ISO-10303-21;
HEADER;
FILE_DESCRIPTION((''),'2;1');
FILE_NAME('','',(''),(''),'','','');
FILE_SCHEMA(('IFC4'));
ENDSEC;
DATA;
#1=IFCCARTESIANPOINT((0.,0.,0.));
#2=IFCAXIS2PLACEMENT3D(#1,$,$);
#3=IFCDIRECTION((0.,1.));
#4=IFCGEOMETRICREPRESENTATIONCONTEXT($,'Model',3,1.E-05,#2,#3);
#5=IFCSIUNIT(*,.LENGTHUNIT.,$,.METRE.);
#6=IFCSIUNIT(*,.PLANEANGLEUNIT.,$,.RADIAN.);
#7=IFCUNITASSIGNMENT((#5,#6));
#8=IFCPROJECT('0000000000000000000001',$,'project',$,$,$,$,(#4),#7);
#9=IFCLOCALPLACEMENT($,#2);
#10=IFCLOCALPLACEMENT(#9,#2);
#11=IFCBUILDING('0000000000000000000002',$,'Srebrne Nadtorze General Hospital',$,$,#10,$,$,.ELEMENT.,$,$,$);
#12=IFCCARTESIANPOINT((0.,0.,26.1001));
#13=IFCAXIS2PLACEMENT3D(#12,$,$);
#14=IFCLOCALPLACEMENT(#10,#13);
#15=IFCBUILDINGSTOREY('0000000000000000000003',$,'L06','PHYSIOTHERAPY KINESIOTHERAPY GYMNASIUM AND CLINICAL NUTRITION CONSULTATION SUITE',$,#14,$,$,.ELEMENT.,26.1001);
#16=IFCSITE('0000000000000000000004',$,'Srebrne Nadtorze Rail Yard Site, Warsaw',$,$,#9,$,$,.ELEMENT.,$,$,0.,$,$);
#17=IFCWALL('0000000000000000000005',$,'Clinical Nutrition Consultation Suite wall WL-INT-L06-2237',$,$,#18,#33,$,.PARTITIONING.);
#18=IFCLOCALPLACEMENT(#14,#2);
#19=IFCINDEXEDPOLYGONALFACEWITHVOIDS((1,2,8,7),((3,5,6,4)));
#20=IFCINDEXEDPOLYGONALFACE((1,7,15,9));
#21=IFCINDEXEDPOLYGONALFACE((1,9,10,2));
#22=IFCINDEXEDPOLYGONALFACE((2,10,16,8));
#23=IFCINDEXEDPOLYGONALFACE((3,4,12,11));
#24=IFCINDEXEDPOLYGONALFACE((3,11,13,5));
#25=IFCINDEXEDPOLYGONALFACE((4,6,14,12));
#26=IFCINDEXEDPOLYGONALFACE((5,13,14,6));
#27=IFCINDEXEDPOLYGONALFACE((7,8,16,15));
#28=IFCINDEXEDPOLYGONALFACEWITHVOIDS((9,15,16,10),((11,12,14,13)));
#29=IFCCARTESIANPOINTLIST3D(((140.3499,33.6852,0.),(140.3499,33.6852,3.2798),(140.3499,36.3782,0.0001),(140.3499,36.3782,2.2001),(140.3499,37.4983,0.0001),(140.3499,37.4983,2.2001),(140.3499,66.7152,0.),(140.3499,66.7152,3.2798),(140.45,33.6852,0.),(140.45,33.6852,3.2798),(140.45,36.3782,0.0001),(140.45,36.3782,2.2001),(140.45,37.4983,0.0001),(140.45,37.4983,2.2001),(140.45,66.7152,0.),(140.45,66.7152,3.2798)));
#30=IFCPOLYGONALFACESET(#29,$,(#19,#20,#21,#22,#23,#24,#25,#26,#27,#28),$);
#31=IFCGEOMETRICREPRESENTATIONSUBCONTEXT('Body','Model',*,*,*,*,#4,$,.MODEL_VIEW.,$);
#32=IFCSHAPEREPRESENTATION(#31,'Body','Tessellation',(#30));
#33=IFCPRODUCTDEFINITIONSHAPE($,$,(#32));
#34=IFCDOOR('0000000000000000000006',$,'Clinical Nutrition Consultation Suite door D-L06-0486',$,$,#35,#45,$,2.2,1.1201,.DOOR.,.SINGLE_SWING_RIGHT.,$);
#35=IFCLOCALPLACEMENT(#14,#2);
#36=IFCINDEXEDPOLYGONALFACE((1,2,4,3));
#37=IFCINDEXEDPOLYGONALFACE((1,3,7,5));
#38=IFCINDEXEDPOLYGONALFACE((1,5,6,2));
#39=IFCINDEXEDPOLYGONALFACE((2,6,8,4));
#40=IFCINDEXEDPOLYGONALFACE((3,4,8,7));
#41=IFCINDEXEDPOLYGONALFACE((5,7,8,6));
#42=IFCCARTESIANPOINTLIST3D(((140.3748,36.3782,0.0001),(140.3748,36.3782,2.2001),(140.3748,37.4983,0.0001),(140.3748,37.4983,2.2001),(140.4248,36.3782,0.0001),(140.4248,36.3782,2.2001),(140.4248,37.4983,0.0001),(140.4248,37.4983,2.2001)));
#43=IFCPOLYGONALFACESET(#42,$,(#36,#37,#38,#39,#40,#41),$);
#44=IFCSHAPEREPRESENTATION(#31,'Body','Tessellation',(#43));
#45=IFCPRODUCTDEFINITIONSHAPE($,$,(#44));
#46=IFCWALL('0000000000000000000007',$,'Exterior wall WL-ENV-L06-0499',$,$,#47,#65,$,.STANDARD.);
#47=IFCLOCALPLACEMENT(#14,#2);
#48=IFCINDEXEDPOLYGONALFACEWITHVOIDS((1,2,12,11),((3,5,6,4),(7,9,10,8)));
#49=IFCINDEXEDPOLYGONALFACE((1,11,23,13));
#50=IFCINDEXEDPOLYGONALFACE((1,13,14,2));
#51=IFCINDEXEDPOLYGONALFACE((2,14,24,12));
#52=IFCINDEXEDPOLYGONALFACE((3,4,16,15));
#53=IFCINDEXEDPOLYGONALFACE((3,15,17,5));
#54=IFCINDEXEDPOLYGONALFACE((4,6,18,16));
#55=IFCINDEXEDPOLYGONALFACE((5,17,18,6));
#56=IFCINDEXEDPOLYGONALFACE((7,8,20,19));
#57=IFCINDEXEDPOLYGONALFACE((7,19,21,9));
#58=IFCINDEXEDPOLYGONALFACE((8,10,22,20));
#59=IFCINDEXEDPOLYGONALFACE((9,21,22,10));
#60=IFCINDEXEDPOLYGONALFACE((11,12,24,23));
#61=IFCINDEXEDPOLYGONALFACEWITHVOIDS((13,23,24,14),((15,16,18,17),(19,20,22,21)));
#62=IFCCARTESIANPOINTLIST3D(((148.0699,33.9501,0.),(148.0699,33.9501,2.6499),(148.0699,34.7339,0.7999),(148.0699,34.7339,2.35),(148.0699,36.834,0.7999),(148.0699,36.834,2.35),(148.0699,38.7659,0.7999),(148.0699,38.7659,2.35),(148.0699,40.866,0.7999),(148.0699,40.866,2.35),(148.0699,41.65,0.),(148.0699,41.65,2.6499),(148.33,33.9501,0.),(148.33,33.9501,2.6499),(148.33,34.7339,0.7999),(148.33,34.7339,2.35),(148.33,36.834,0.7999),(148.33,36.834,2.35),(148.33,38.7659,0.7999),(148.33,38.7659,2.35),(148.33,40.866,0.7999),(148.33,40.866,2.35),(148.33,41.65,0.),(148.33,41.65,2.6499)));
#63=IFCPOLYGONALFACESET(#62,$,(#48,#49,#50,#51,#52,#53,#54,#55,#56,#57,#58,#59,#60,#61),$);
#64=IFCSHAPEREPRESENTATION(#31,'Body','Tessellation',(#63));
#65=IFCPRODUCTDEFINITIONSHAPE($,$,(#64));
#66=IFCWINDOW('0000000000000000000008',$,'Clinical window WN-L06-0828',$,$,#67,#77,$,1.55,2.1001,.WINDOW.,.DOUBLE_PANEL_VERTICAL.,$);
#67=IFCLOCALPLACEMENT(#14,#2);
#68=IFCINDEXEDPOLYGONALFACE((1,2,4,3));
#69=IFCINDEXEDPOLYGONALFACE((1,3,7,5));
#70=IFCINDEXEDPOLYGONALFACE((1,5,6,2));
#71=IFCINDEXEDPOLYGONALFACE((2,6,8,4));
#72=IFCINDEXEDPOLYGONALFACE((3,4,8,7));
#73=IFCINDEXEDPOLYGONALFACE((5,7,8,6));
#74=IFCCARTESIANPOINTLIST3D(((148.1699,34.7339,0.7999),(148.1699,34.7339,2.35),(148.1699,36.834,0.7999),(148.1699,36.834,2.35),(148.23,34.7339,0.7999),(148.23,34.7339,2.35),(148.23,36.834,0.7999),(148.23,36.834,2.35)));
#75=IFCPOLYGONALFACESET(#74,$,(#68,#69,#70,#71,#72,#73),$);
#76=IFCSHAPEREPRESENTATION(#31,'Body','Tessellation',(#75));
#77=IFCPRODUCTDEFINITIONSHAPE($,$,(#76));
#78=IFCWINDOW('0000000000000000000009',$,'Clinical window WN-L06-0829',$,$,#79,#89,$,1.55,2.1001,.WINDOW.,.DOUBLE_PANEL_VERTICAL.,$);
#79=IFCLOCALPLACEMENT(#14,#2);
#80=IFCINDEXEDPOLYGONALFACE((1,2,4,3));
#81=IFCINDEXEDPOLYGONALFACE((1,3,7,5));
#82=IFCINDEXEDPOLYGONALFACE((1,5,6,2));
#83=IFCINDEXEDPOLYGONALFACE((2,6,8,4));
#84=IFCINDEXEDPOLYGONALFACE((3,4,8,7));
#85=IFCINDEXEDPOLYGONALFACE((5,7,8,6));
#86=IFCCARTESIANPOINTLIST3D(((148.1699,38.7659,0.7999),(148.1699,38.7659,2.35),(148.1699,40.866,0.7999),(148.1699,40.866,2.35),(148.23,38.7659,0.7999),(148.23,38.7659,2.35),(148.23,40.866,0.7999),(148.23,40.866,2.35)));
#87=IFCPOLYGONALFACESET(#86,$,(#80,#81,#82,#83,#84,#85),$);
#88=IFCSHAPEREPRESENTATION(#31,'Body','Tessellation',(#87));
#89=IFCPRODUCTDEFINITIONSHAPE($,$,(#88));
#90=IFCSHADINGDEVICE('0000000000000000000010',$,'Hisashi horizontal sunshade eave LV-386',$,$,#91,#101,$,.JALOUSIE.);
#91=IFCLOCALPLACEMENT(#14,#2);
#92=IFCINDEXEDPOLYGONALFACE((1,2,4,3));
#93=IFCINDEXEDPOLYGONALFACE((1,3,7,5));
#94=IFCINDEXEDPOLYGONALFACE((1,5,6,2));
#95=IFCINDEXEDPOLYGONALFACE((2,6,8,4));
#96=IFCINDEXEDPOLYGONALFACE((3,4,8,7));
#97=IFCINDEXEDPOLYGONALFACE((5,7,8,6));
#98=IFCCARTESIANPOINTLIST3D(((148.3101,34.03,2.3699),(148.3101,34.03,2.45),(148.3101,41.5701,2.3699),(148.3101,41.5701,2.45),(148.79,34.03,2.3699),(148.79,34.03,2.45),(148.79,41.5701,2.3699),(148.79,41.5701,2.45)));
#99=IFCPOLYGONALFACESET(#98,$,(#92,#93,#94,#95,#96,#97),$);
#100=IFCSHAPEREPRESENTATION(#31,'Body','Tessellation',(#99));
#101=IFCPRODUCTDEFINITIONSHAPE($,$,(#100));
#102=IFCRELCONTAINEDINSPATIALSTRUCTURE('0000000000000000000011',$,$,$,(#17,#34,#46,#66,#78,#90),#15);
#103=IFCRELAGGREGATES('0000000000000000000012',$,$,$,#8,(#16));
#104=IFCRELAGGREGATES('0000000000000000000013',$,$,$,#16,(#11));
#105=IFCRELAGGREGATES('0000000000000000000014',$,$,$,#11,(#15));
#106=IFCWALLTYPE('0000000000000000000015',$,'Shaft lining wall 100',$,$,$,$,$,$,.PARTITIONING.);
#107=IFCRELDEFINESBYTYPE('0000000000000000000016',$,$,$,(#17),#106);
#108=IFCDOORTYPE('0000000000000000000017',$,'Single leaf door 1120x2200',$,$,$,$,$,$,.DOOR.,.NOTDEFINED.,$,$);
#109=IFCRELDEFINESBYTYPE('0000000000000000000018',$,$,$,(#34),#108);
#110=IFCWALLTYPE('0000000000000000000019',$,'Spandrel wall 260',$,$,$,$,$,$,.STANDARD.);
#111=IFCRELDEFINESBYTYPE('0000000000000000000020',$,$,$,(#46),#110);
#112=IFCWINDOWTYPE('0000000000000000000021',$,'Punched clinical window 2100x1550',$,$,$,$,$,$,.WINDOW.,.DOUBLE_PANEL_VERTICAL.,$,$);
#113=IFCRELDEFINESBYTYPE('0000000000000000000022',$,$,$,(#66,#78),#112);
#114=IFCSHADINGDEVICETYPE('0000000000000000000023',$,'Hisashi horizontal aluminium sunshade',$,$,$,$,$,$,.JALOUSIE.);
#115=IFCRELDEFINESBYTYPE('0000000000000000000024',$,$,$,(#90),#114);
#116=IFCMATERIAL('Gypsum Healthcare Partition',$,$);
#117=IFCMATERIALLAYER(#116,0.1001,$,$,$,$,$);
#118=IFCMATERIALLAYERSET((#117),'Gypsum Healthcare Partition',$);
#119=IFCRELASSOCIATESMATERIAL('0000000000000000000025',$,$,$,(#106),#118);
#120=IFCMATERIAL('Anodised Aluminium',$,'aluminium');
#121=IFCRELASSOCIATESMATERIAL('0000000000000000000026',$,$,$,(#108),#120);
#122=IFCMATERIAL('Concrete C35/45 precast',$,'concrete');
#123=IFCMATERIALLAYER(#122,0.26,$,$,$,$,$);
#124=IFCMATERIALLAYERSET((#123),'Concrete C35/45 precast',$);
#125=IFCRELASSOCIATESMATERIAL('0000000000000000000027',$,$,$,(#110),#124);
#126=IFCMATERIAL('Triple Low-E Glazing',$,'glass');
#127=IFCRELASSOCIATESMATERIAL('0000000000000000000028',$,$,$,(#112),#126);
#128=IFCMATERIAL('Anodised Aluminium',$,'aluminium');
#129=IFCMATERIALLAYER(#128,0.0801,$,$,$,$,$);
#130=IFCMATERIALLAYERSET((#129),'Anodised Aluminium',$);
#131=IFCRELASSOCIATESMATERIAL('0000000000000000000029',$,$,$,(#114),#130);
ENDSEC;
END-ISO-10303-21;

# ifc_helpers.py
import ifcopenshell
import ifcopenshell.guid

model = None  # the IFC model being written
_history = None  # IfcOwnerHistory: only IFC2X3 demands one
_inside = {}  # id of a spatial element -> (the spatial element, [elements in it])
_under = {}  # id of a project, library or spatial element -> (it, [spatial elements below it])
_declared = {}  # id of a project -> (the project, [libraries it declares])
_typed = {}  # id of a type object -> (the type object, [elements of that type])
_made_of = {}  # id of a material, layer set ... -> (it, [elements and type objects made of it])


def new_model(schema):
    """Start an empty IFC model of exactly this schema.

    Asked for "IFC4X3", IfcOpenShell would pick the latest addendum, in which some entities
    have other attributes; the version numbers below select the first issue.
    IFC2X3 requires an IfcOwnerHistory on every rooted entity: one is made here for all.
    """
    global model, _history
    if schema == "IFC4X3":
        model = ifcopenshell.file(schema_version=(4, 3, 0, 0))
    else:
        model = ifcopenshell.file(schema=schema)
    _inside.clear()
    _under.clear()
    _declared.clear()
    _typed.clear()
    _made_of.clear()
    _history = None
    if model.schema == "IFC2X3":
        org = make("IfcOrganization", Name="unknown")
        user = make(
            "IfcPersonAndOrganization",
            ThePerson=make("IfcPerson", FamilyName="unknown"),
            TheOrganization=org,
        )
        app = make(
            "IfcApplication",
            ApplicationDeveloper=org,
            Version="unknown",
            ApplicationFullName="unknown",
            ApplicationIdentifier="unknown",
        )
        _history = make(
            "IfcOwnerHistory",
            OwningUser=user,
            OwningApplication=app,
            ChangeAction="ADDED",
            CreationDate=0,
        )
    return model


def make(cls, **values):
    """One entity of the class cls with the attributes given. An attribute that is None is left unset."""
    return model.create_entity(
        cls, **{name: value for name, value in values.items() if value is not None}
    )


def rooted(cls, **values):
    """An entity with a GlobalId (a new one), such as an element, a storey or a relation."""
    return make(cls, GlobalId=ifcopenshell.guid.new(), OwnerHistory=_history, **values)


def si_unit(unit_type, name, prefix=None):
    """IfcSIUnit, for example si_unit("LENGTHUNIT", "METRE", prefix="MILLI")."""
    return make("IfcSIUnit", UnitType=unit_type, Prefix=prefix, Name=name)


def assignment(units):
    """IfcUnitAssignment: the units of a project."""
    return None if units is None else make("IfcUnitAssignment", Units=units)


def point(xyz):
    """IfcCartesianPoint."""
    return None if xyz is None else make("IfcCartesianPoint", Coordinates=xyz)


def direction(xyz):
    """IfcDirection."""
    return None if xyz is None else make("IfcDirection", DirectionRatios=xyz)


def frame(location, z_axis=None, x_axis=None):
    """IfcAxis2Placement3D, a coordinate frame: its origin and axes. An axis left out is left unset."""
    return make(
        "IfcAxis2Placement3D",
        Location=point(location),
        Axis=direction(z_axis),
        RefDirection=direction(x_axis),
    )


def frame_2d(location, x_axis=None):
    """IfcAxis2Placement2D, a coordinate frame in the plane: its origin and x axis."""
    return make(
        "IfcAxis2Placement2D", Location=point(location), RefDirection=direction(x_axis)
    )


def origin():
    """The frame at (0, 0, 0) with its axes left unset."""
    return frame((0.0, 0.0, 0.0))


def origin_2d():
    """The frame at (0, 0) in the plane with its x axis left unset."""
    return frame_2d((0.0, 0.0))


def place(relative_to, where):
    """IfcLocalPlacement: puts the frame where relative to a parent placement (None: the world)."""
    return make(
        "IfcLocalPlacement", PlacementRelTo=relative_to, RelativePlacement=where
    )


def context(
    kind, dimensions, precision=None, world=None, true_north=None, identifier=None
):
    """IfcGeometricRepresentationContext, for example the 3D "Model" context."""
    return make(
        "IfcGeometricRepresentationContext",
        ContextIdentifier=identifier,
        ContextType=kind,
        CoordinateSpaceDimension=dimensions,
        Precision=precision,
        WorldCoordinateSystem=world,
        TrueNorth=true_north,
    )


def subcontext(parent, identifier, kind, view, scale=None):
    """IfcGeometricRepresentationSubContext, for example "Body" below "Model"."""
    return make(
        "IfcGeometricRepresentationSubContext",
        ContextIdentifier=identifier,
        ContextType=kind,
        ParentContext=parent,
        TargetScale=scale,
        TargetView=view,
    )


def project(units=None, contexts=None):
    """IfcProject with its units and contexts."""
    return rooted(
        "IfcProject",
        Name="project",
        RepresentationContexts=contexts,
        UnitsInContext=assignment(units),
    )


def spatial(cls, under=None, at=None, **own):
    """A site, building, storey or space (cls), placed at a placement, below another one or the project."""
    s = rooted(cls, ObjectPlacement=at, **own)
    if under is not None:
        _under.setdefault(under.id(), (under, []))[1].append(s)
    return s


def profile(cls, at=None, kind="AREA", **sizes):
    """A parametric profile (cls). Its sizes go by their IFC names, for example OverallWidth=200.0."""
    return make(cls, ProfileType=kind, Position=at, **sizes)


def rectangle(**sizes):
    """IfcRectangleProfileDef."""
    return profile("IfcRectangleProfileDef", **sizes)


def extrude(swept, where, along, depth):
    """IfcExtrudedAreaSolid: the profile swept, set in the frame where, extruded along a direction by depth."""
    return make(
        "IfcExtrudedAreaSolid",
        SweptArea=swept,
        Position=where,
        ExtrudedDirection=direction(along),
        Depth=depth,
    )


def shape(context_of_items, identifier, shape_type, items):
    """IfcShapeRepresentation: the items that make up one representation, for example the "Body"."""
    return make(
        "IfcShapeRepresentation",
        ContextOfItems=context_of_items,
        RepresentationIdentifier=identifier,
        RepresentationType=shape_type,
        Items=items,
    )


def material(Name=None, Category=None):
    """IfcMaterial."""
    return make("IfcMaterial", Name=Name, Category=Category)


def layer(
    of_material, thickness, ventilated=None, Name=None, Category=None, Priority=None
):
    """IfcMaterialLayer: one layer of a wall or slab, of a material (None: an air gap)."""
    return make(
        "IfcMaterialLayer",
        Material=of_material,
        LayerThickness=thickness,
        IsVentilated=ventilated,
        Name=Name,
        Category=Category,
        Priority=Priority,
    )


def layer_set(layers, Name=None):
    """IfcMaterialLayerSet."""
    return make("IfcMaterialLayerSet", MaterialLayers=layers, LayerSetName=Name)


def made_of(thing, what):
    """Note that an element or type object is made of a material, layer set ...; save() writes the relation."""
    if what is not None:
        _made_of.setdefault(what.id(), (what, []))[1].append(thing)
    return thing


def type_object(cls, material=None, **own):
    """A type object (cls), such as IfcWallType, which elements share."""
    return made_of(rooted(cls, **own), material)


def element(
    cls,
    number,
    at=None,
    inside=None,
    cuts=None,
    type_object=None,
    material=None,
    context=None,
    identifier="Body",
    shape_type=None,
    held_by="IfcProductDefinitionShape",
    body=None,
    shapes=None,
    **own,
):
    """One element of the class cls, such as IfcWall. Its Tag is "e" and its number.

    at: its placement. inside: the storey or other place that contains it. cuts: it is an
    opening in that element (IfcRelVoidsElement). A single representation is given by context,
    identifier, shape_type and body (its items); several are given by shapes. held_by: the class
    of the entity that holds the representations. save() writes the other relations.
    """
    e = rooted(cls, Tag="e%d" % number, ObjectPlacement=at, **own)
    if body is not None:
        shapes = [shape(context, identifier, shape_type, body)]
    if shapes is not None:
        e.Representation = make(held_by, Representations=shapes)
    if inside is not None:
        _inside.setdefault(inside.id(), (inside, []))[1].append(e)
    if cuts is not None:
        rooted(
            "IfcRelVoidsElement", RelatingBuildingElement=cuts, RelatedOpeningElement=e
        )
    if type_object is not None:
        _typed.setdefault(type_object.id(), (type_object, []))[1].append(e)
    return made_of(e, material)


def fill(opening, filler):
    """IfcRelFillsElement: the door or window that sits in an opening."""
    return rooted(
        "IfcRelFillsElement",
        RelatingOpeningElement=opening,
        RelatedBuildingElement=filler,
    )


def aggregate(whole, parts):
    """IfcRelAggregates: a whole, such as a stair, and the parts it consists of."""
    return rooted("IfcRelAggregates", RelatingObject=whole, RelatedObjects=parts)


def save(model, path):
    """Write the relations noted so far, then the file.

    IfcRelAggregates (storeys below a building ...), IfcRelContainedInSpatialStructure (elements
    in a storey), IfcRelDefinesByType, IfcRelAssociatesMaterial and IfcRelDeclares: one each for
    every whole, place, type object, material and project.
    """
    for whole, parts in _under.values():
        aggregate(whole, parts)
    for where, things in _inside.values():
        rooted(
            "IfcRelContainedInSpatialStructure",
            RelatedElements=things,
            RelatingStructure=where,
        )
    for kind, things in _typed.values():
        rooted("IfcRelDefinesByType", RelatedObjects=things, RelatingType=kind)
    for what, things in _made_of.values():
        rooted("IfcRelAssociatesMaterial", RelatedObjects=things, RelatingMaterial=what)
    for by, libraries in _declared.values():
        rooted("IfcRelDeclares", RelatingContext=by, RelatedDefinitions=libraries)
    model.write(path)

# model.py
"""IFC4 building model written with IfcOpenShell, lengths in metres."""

from ifc_helpers import new_model, si_unit, direction, frame, frame_2d, origin, origin_2d, place, context, subcontext, project, spatial, rectangle, extrude, material, layer, layer_set, type_object, element, fill, save


model = new_model("IFC4")

# Units and contexts
model_context = context("Model", 3, precision=1e-05, world=origin(), true_north=direction((0.0, 1.0)))
body_context = subcontext(model_context, "Body", "Model", "MODEL_VIEW")
ifc_project = project(units=[si_unit("LENGTHUNIT", "METRE"), si_unit("PLANEANGLEUNIT", "RADIAN")], contexts=[model_context])

# Site, building, storey
site_placement = place(None, origin())
site = spatial("IfcSite", under=ifc_project, at=site_placement, Name="Srebrne Nadtorze Rail Yard Site, Warsaw", CompositionType="ELEMENT", RefElevation=0.0)
building_placement = place(site_placement, origin())
building = spatial("IfcBuilding", under=site, at=building_placement, Name="Srebrne Nadtorze General Hospital", CompositionType="ELEMENT")
storey_placement = place(building_placement, frame((0.0, 0.0, 26.1001)))
storey = spatial("IfcBuildingStorey", under=building, at=storey_placement, Name="L06", Description="PHYSIOTHERAPY KINESIOTHERAPY GYMNASIUM AND CLINICAL NUTRITION CONSULTATION SUITE", CompositionType="ELEMENT", Elevation=26.1001)

# Wall, opening, door
ifc_material_1 = material(Name="Gypsum Healthcare Partition")
ifc_layer_1 = layer(ifc_material_1, 0.1001)
ifc_layer_set_1 = layer_set([ifc_layer_1], Name="Gypsum Healthcare Partition")
wall_type_1 = type_object("IfcWallType", Name="Shaft lining wall 100", PredefinedType="PARTITIONING", material=ifc_layer_set_1)
wall_1_placement = place(storey_placement, frame((140.3999, 33.6851, 0.0), z_axis=(0.0, 0.0, 1.0), x_axis=(0.0, 1.0, 0.0)))
wall_1 = element("IfcWall", 1, at=wall_1_placement, inside=storey, type_object=wall_type_1, Name="Clinical Nutrition Consultation Suite wall WL-INT-L06-2237", PredefinedType="PARTITIONING", context=body_context, shape_type="SweptSolid", body=[
    extrude(rectangle(XDim=33.03, YDim=0.1001, at=frame_2d((16.5151, 0.0))), origin(), (0.0, 0.0, 1.0), 3.2798),
])
opening_1_placement = place(wall_1_placement, frame((2.6931, 0.0, 0.0)))
opening_1 = element("IfcOpeningElement", 2, at=opening_1_placement, cuts=wall_1, PredefinedType="OPENING", context=body_context, shape_type="SweptSolid", body=[
    extrude(rectangle(XDim=1.1201, YDim=2.2, at=frame_2d((0.5601, 1.1001))), frame((0.0, 0.062, 0.0), z_axis=(0.0, -1.0, 0.0), x_axis=(1.0, 0.0, 0.0)), (0.0, 0.0, 1.0), 0.124),
])
ifc_material_2 = material(Name="Anodised Aluminium", Category="aluminium")
door_type = type_object("IfcDoorType", Name="Single leaf door 1120x2200", OperationType="NOTDEFINED", PredefinedType="DOOR", material=ifc_material_2)
door_placement = place(opening_1_placement, frame((1.1201, 0.0, 0.0), z_axis=(0.0, 0.0, 1.0), x_axis=(-1.0, 0.0, 0.0)))
door = element("IfcDoor", 3, at=door_placement, inside=storey, type_object=door_type, Name="Clinical Nutrition Consultation Suite door D-L06-0486", OperationType="SINGLE_SWING_RIGHT", OverallHeight=2.2, OverallWidth=1.1201, PredefinedType="DOOR", context=body_context, shape_type="SweptSolid", body=[
    extrude(rectangle(XDim=1.1201, YDim=2.2, at=frame_2d((0.5601, 1.1001))), frame((0.0, 0.0249, 0.0), z_axis=(0.0, -1.0, 0.0), x_axis=(1.0, 0.0, 0.0)), (0.0, 0.0, 1.0), 0.05),
])
fill(opening_1, door)

# Wall, openings, windows
ifc_material_3 = material(Name="Concrete C35/45 precast", Category="concrete")
ifc_layer_2 = layer(ifc_material_3, 0.26)
ifc_layer_set_2 = layer_set([ifc_layer_2], Name="Concrete C35/45 precast")
wall_type_2 = type_object("IfcWallType", Name="Spandrel wall 260", PredefinedType="STANDARD", material=ifc_layer_set_2)
wall_2_placement = place(storey_placement, frame((148.2, 33.95, 0.0), z_axis=(0.0, 0.0, 1.0), x_axis=(0.0, 1.0, 0.0)))
wall_2 = element("IfcWall", 4, at=wall_2_placement, inside=storey, type_object=wall_type_2, Name="Exterior wall WL-ENV-L06-0499", PredefinedType="STANDARD", context=body_context, shape_type="SweptSolid", body=[
    extrude(rectangle(XDim=7.7, YDim=0.26, at=frame_2d((3.8501, 0.0))), origin(), (0.0, 0.0, 1.0), 2.6499),
])
opening_2_placement = place(wall_2_placement, frame((0.7839, 0.0, 0.8)))
opening_2 = element("IfcOpeningElement", 5, at=opening_2_placement, cuts=wall_2, PredefinedType="OPENING", context=body_context, shape_type="SweptSolid", body=[
    extrude(rectangle(XDim=2.1001, YDim=1.55, at=frame_2d((1.05, 0.7749))), frame((0.0, 0.1421, 0.0), z_axis=(0.0, -1.0, 0.0), x_axis=(1.0, 0.0, 0.0)), (0.0, 0.0, 1.0), 0.2839),
])
opening_3_placement = place(wall_2_placement, frame((4.8159, 0.0, 0.8)))
opening_3 = element("IfcOpeningElement", 6, at=opening_3_placement, cuts=wall_2, PredefinedType="OPENING", context=body_context, shape_type="SweptSolid", body=[
    extrude(rectangle(XDim=2.1001, YDim=1.55, at=frame_2d((1.05, 0.7749))), frame((0.0, 0.1421, 0.0), z_axis=(0.0, -1.0, 0.0), x_axis=(1.0, 0.0, 0.0)), (0.0, 0.0, 1.0), 0.2839),
])
ifc_material_4 = material(Name="Triple Low-E Glazing", Category="glass")
window_type_1 = type_object("IfcWindowType", Name="Punched clinical window 2100x1550", PartitioningType="DOUBLE_PANEL_VERTICAL", PredefinedType="WINDOW", material=ifc_material_4)
window_1_placement = place(opening_2_placement, origin())
window_1 = element("IfcWindow", 7, at=window_1_placement, inside=storey, type_object=window_type_1, Name="Clinical window WN-L06-0828", OverallHeight=1.55, OverallWidth=2.1001, PartitioningType="DOUBLE_PANEL_VERTICAL", PredefinedType="WINDOW", context=body_context, shape_type="SweptSolid", body=[
    extrude(rectangle(XDim=2.1001, YDim=1.55, at=frame_2d((1.05, 0.7749))), frame((0.0, 0.03, 0.0), z_axis=(0.0, -1.0, 0.0), x_axis=(1.0, 0.0, 0.0)), (0.0, 0.0, 1.0), 0.0601),
])
fill(opening_2, window_1)
window_2_placement = place(opening_3_placement, origin())
window_2 = element("IfcWindow", 8, at=window_2_placement, inside=storey, type_object=window_type_1, Name="Clinical window WN-L06-0829", OverallHeight=1.55, OverallWidth=2.1001, PartitioningType="DOUBLE_PANEL_VERTICAL", PredefinedType="WINDOW", context=body_context, shape_type="SweptSolid", body=[
    extrude(rectangle(XDim=2.1001, YDim=1.55, at=frame_2d((1.05, 0.7749))), frame((0.0, 0.03, 0.0), z_axis=(0.0, -1.0, 0.0), x_axis=(1.0, 0.0, 0.0)), (0.0, 0.0, 1.0), 0.0601),
])
fill(opening_3, window_2)

# Shading device
ifc_material_5 = material(Name="Anodised Aluminium", Category="aluminium")
ifc_layer_3 = layer(ifc_material_5, 0.0801)
ifc_layer_set_3 = layer_set([ifc_layer_3], Name="Anodised Aluminium")
shading_device_type = type_object("IfcShadingDeviceType", Name="Hisashi horizontal aluminium sunshade", PredefinedType="JALOUSIE", material=ifc_layer_set_3)
shading_device_placement = place(storey_placement, frame((148.55, 37.8, 2.3699), z_axis=(0.0, 0.0, 1.0), x_axis=(1.0, 0.0, 0.0)))
element("IfcShadingDevice", 9, at=shading_device_placement, inside=storey, type_object=shading_device_type, Name="Hisashi horizontal sunshade eave LV-386", PredefinedType="JALOUSIE", context=body_context, shape_type="SweptSolid", body=[
    extrude(rectangle(XDim=0.48, YDim=7.54, at=origin_2d()), origin(), (0.0, 0.0, 1.0), 0.0801),
])

save(model, "model.ifc")
